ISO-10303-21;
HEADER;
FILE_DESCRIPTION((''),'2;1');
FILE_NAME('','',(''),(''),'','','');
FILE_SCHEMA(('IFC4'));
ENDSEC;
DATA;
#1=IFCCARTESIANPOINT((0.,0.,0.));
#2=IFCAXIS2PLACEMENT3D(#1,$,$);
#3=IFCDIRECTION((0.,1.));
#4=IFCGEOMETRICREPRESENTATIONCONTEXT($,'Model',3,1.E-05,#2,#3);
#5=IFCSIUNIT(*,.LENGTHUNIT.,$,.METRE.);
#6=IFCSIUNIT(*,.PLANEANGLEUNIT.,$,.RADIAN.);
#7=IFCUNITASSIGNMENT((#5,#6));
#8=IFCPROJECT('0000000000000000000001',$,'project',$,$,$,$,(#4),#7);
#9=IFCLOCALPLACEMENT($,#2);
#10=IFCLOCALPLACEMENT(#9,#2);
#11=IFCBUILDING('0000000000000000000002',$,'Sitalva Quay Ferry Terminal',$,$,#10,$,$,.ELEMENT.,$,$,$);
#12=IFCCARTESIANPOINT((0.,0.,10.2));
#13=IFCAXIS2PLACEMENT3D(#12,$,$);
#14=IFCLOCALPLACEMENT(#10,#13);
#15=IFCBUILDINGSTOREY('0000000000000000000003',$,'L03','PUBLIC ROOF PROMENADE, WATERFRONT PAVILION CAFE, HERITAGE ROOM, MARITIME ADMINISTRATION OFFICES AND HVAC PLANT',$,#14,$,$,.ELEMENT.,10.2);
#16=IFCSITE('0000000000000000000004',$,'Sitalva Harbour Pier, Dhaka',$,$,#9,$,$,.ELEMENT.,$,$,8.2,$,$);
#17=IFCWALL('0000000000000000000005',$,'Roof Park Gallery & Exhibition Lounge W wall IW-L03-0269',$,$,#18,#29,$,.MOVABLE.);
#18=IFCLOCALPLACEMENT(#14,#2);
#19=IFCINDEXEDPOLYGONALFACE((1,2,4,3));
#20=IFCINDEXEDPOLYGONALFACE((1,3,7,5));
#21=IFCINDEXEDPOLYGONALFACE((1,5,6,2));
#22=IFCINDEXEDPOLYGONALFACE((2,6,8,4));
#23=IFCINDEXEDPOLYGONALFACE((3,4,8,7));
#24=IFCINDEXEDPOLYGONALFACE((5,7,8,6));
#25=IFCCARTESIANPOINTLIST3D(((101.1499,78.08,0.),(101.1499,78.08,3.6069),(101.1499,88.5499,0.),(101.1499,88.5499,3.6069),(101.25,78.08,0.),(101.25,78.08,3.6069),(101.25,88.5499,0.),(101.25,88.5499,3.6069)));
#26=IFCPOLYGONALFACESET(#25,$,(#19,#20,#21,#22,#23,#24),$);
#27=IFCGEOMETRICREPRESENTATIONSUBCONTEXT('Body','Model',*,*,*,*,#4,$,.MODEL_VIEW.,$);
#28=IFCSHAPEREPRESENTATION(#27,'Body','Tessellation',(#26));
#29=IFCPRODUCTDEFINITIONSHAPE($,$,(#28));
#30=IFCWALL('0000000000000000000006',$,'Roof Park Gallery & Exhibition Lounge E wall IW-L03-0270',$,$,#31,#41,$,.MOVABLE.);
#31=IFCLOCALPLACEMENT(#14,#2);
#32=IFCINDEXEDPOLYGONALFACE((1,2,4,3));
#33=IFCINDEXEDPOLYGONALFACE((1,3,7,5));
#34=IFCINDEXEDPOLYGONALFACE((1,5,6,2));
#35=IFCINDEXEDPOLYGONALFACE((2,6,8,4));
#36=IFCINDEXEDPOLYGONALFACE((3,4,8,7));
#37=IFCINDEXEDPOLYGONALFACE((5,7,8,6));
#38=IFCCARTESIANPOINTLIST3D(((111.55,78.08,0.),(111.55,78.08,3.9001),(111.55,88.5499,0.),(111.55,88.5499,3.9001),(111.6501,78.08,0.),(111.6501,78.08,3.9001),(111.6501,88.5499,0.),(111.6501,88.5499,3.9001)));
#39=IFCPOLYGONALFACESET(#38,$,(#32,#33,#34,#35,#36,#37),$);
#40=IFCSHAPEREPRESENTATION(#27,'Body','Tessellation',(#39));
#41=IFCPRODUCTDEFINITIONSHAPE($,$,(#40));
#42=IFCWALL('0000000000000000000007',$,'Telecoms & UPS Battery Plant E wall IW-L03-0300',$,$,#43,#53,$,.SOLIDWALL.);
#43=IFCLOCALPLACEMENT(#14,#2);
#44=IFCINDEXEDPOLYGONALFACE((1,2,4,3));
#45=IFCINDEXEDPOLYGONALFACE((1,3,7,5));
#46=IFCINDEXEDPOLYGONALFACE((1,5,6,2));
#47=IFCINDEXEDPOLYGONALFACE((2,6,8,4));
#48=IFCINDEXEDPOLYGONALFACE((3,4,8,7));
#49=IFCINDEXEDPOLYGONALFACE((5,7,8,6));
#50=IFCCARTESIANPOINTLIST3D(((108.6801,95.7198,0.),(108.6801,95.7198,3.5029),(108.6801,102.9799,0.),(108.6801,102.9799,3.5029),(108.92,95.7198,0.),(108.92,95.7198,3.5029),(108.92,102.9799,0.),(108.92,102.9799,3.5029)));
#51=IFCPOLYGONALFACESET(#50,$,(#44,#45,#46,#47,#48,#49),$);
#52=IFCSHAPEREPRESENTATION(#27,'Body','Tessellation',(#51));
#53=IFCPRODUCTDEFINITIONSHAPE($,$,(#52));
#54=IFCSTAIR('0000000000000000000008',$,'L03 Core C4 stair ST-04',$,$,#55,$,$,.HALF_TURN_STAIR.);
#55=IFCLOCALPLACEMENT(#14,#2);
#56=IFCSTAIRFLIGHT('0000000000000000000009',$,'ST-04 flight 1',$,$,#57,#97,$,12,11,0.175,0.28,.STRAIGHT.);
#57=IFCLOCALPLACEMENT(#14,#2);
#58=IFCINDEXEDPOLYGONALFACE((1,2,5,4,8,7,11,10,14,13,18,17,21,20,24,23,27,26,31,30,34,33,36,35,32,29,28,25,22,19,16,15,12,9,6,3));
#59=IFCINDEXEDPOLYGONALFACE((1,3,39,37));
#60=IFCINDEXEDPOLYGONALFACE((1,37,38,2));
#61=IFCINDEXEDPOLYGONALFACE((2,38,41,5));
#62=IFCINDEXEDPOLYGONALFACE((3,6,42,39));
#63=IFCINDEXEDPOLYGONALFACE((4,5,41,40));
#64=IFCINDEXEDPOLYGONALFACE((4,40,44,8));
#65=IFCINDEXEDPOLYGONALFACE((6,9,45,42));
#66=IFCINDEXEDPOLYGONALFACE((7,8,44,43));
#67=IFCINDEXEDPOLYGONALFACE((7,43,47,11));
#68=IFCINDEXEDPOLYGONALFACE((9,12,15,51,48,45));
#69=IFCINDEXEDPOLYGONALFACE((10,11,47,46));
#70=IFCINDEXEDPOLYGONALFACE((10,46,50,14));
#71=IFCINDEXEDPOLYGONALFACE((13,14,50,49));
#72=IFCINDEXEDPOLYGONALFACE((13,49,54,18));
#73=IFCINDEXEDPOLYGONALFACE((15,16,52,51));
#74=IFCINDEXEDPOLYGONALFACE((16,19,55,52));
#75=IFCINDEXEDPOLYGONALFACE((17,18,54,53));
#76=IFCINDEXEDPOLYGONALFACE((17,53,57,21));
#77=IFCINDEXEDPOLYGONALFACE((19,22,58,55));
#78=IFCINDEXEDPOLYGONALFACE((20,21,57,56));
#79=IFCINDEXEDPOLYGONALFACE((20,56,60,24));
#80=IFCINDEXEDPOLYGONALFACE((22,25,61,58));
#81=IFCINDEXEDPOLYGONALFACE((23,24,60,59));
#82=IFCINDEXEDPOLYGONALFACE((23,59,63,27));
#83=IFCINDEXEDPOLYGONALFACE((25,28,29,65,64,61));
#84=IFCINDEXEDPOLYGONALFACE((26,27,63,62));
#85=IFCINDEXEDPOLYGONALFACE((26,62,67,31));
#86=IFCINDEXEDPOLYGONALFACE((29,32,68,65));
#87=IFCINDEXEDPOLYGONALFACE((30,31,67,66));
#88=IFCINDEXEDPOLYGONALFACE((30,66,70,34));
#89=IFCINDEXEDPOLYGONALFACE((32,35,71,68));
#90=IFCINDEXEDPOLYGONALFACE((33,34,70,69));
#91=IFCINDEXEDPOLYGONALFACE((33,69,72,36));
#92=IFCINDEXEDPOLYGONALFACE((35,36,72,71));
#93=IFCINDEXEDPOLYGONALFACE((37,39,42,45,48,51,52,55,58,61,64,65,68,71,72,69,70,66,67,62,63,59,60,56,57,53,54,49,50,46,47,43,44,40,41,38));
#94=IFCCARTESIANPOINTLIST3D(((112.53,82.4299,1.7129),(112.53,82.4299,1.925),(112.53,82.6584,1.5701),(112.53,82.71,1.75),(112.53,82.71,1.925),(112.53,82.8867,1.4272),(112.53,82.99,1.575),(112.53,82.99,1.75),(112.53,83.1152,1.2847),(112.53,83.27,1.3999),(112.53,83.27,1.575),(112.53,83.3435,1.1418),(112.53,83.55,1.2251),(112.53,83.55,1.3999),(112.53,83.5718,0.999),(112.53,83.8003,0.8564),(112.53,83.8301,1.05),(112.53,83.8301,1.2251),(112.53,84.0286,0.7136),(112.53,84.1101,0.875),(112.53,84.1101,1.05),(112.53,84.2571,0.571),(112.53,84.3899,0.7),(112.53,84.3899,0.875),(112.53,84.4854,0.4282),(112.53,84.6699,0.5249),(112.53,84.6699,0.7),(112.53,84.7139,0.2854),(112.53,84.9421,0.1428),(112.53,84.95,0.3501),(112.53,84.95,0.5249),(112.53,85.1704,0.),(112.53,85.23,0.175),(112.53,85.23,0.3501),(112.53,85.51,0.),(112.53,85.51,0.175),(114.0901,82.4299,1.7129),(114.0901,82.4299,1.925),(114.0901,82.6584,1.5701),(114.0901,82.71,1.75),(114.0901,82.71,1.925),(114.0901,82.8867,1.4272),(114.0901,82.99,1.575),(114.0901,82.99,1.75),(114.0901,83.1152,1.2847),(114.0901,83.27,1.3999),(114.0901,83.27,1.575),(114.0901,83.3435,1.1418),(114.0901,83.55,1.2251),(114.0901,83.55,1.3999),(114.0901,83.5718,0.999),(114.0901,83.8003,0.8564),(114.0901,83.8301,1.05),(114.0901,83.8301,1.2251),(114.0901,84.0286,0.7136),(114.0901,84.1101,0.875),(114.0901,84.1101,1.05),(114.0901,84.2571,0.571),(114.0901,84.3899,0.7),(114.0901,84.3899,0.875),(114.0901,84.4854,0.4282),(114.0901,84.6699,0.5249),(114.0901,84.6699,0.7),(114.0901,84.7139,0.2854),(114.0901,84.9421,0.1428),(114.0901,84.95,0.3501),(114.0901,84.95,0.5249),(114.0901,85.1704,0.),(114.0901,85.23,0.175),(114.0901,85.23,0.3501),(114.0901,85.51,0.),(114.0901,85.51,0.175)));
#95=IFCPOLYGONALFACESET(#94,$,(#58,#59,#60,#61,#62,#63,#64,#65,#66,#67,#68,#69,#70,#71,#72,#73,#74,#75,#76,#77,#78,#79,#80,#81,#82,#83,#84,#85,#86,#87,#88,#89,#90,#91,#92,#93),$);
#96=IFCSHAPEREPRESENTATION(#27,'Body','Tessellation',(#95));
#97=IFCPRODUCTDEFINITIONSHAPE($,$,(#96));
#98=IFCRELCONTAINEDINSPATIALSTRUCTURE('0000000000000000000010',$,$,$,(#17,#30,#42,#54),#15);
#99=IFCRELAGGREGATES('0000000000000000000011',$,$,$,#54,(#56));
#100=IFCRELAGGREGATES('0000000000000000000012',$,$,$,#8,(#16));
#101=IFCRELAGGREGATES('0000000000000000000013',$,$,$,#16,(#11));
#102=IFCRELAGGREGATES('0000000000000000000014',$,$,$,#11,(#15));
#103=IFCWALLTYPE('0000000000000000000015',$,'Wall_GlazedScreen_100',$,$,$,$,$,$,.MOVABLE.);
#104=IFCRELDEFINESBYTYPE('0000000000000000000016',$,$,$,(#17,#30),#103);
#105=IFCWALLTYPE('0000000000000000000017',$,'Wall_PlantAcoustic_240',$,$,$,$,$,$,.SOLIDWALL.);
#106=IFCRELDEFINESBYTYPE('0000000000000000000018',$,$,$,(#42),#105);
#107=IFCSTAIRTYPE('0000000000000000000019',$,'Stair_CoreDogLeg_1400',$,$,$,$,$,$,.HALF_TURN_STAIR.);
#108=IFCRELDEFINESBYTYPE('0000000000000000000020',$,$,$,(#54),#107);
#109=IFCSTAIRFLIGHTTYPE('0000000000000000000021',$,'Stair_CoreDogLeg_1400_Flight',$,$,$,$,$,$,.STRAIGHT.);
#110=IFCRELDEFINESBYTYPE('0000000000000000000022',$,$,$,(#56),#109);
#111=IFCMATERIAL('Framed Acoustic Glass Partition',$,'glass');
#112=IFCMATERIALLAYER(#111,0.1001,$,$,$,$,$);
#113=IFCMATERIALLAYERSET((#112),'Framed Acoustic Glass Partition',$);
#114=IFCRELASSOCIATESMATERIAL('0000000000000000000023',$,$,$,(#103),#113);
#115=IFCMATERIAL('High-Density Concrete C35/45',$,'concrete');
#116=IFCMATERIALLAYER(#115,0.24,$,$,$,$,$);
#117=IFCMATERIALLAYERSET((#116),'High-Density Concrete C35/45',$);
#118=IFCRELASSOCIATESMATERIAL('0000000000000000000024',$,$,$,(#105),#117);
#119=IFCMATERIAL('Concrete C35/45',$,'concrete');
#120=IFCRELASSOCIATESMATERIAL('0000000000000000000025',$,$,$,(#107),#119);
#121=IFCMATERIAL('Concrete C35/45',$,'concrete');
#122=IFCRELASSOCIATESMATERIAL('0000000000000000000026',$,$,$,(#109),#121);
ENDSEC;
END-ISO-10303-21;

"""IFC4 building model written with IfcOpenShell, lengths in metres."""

from ifc_helpers import new_model, si_unit, direction, frame, frame_2d, origin, place, context, subcontext, project, spatial, polyline, rectangle, outline, extrude, material, layer, layer_set, type_object, element, aggregate, save


model = new_model("IFC4")

# Units and contexts
model_context = context("Model", 3, precision=1e-05, world=origin(), true_north=direction((0.0, 1.0)))
body_context = subcontext(model_context, "Body", "Model", "MODEL_VIEW")
ifc_project = project(units=[si_unit("LENGTHUNIT", "METRE"), si_unit("PLANEANGLEUNIT", "RADIAN")], contexts=[model_context])

# Site, building, storey
site_placement = place(None, origin())
site = spatial("IfcSite", under=ifc_project, at=site_placement, Name="Sitalva Harbour Pier, Dhaka", CompositionType="ELEMENT", RefElevation=8.2)
building_placement = place(site_placement, origin())
building = spatial("IfcBuilding", under=site, at=building_placement, Name="Sitalva Quay Ferry Terminal", CompositionType="ELEMENT")
storey_placement = place(building_placement, frame((0.0, 0.0, 10.2)))
storey = spatial("IfcBuildingStorey", under=building, at=storey_placement, Name="L03", Description="PUBLIC ROOF PROMENADE, WATERFRONT PAVILION CAFE, HERITAGE ROOM, MARITIME ADMINISTRATION OFFICES AND HVAC PLANT", CompositionType="ELEMENT", Elevation=10.2)

# Shared definitions
ifc_material_1 = material(Name="Framed Acoustic Glass Partition", Category="glass")
ifc_layer_1 = layer(ifc_material_1, 0.1001)
ifc_layer_set_1 = layer_set([ifc_layer_1], Name="Framed Acoustic Glass Partition")
wall_type_1 = type_object("IfcWallType", Name="Wall_GlazedScreen_100", PredefinedType="MOVABLE", material=ifc_layer_set_1)

# Walls
wall_1_placement = place(storey_placement, frame((101.2, 78.0801, 0.0), z_axis=(0.0, 0.0, 1.0), x_axis=(0.0, 1.0, 0.0)))
element("IfcWall", 1, at=wall_1_placement, inside=storey, type_object=wall_type_1, Name="Roof Park Gallery & Exhibition Lounge W wall IW-L03-0269", PredefinedType="MOVABLE", context=body_context, shape_type="SweptSolid", body=[
    extrude(rectangle(XDim=10.47, YDim=0.1001, at=frame_2d((5.2349, 0.0))), origin(), (0.0, 0.0, 1.0), 3.6069),
])
wall_2_placement = place(storey_placement, frame((111.6001, 78.0801, 0.0), z_axis=(0.0, 0.0, 1.0), x_axis=(0.0, 1.0, 0.0)))
element("IfcWall", 2, at=wall_2_placement, inside=storey, type_object=wall_type_1, Name="Roof Park Gallery & Exhibition Lounge E wall IW-L03-0270", PredefinedType="MOVABLE", context=body_context, shape_type="SweptSolid", body=[
    extrude(rectangle(XDim=10.47, YDim=0.1001, at=frame_2d((5.2349, 0.0))), origin(), (0.0, 0.0, 1.0), 3.9001),
])
ifc_material_2 = material(Name="High-Density Concrete C35/45", Category="concrete")
ifc_layer_2 = layer(ifc_material_2, 0.24)
ifc_layer_set_2 = layer_set([ifc_layer_2], Name="High-Density Concrete C35/45")
wall_type_2 = type_object("IfcWallType", Name="Wall_PlantAcoustic_240", PredefinedType="SOLIDWALL", material=ifc_layer_set_2)
wall_3_placement = place(storey_placement, frame((108.8, 95.72, 0.0), z_axis=(0.0, 0.0, 1.0), x_axis=(0.0, 1.0, 0.0)))
element("IfcWall", 3, at=wall_3_placement, inside=storey, type_object=wall_type_2, Name="Telecoms & UPS Battery Plant E wall IW-L03-0300", PredefinedType="SOLIDWALL", context=body_context, shape_type="SweptSolid", body=[
    extrude(rectangle(XDim=7.26, YDim=0.24, at=frame_2d((3.6299, 0.0))), origin(), (0.0, 0.0, 1.0), 3.5029),
])

# Stair, stair flight
ifc_material_3 = material(Name="Concrete C35/45", Category="concrete")
stair_type = type_object("IfcStairType", Name="Stair_CoreDogLeg_1400", PredefinedType="HALF_TURN_STAIR", material=ifc_material_3)
stair_placement = place(storey_placement, origin())
stair = element("IfcStair", 4, at=stair_placement, inside=storey, type_object=stair_type, Name="L03 Core C4 stair ST-04", PredefinedType="HALF_TURN_STAIR")
ifc_material_4 = material(Name="Concrete C35/45", Category="concrete")
stair_flight_type = type_object("IfcStairFlightType", Name="Stair_CoreDogLeg_1400_Flight", PredefinedType="STRAIGHT", material=ifc_material_4)
stair_flight_placement = place(storey_placement, frame((113.3101, 85.51, 0.0), z_axis=(0.0, 0.0, 1.0), x_axis=(0.0, -1.0, 0.0)))
stair_flight = element("IfcStairFlight", 5, at=stair_flight_placement, type_object=stair_flight_type, Name="ST-04 flight 1", NumberOfRisers=12, NumberOfTreads=11, PredefinedType="STRAIGHT", RiserHeight=0.175, TreadLength=0.28, context=body_context, shape_type="SweptSolid", body=[
    extrude(outline(polyline([(0.0, 0.0), (0.0, 0.175), (0.28, 0.175), (0.28, 0.3501), (0.5601, 0.3501), (0.5601, 0.5249), (0.8401, 0.5249), (0.8401, 0.7), (1.1201, 0.7), (1.1201, 0.875), (1.3999, 0.875), (1.3999, 1.05), (1.6799, 1.05), (1.6799, 1.2251), (1.96, 1.2251), (1.96, 1.3999), (2.24, 1.3999), (2.24, 1.575), (2.52, 1.575), (2.52, 1.75), (2.8, 1.75), (2.8, 1.925), (3.0801, 1.925), (3.0801, 2.1001), (3.0801, 1.7129), (2.8516, 1.5701), (2.6233, 1.4272), (2.3948, 1.2847), (2.1665, 1.1418), (1.9382, 0.999), (1.7097, 0.8564), (1.4814, 0.7136), (1.2529, 0.571), (1.0247, 0.4282), (0.7961, 0.2854), (0.5679, 0.1428), (0.3396, 0.0), (0.0, 0.0)])), frame((0.0, 0.78, 0.0), z_axis=(0.0, -1.0, 0.0), x_axis=(1.0, 0.0, 0.0)), (0.0, 0.0, 1.0), 1.5601),
])
aggregate(stair, [stair_flight])

save(model, "model.ifc")
